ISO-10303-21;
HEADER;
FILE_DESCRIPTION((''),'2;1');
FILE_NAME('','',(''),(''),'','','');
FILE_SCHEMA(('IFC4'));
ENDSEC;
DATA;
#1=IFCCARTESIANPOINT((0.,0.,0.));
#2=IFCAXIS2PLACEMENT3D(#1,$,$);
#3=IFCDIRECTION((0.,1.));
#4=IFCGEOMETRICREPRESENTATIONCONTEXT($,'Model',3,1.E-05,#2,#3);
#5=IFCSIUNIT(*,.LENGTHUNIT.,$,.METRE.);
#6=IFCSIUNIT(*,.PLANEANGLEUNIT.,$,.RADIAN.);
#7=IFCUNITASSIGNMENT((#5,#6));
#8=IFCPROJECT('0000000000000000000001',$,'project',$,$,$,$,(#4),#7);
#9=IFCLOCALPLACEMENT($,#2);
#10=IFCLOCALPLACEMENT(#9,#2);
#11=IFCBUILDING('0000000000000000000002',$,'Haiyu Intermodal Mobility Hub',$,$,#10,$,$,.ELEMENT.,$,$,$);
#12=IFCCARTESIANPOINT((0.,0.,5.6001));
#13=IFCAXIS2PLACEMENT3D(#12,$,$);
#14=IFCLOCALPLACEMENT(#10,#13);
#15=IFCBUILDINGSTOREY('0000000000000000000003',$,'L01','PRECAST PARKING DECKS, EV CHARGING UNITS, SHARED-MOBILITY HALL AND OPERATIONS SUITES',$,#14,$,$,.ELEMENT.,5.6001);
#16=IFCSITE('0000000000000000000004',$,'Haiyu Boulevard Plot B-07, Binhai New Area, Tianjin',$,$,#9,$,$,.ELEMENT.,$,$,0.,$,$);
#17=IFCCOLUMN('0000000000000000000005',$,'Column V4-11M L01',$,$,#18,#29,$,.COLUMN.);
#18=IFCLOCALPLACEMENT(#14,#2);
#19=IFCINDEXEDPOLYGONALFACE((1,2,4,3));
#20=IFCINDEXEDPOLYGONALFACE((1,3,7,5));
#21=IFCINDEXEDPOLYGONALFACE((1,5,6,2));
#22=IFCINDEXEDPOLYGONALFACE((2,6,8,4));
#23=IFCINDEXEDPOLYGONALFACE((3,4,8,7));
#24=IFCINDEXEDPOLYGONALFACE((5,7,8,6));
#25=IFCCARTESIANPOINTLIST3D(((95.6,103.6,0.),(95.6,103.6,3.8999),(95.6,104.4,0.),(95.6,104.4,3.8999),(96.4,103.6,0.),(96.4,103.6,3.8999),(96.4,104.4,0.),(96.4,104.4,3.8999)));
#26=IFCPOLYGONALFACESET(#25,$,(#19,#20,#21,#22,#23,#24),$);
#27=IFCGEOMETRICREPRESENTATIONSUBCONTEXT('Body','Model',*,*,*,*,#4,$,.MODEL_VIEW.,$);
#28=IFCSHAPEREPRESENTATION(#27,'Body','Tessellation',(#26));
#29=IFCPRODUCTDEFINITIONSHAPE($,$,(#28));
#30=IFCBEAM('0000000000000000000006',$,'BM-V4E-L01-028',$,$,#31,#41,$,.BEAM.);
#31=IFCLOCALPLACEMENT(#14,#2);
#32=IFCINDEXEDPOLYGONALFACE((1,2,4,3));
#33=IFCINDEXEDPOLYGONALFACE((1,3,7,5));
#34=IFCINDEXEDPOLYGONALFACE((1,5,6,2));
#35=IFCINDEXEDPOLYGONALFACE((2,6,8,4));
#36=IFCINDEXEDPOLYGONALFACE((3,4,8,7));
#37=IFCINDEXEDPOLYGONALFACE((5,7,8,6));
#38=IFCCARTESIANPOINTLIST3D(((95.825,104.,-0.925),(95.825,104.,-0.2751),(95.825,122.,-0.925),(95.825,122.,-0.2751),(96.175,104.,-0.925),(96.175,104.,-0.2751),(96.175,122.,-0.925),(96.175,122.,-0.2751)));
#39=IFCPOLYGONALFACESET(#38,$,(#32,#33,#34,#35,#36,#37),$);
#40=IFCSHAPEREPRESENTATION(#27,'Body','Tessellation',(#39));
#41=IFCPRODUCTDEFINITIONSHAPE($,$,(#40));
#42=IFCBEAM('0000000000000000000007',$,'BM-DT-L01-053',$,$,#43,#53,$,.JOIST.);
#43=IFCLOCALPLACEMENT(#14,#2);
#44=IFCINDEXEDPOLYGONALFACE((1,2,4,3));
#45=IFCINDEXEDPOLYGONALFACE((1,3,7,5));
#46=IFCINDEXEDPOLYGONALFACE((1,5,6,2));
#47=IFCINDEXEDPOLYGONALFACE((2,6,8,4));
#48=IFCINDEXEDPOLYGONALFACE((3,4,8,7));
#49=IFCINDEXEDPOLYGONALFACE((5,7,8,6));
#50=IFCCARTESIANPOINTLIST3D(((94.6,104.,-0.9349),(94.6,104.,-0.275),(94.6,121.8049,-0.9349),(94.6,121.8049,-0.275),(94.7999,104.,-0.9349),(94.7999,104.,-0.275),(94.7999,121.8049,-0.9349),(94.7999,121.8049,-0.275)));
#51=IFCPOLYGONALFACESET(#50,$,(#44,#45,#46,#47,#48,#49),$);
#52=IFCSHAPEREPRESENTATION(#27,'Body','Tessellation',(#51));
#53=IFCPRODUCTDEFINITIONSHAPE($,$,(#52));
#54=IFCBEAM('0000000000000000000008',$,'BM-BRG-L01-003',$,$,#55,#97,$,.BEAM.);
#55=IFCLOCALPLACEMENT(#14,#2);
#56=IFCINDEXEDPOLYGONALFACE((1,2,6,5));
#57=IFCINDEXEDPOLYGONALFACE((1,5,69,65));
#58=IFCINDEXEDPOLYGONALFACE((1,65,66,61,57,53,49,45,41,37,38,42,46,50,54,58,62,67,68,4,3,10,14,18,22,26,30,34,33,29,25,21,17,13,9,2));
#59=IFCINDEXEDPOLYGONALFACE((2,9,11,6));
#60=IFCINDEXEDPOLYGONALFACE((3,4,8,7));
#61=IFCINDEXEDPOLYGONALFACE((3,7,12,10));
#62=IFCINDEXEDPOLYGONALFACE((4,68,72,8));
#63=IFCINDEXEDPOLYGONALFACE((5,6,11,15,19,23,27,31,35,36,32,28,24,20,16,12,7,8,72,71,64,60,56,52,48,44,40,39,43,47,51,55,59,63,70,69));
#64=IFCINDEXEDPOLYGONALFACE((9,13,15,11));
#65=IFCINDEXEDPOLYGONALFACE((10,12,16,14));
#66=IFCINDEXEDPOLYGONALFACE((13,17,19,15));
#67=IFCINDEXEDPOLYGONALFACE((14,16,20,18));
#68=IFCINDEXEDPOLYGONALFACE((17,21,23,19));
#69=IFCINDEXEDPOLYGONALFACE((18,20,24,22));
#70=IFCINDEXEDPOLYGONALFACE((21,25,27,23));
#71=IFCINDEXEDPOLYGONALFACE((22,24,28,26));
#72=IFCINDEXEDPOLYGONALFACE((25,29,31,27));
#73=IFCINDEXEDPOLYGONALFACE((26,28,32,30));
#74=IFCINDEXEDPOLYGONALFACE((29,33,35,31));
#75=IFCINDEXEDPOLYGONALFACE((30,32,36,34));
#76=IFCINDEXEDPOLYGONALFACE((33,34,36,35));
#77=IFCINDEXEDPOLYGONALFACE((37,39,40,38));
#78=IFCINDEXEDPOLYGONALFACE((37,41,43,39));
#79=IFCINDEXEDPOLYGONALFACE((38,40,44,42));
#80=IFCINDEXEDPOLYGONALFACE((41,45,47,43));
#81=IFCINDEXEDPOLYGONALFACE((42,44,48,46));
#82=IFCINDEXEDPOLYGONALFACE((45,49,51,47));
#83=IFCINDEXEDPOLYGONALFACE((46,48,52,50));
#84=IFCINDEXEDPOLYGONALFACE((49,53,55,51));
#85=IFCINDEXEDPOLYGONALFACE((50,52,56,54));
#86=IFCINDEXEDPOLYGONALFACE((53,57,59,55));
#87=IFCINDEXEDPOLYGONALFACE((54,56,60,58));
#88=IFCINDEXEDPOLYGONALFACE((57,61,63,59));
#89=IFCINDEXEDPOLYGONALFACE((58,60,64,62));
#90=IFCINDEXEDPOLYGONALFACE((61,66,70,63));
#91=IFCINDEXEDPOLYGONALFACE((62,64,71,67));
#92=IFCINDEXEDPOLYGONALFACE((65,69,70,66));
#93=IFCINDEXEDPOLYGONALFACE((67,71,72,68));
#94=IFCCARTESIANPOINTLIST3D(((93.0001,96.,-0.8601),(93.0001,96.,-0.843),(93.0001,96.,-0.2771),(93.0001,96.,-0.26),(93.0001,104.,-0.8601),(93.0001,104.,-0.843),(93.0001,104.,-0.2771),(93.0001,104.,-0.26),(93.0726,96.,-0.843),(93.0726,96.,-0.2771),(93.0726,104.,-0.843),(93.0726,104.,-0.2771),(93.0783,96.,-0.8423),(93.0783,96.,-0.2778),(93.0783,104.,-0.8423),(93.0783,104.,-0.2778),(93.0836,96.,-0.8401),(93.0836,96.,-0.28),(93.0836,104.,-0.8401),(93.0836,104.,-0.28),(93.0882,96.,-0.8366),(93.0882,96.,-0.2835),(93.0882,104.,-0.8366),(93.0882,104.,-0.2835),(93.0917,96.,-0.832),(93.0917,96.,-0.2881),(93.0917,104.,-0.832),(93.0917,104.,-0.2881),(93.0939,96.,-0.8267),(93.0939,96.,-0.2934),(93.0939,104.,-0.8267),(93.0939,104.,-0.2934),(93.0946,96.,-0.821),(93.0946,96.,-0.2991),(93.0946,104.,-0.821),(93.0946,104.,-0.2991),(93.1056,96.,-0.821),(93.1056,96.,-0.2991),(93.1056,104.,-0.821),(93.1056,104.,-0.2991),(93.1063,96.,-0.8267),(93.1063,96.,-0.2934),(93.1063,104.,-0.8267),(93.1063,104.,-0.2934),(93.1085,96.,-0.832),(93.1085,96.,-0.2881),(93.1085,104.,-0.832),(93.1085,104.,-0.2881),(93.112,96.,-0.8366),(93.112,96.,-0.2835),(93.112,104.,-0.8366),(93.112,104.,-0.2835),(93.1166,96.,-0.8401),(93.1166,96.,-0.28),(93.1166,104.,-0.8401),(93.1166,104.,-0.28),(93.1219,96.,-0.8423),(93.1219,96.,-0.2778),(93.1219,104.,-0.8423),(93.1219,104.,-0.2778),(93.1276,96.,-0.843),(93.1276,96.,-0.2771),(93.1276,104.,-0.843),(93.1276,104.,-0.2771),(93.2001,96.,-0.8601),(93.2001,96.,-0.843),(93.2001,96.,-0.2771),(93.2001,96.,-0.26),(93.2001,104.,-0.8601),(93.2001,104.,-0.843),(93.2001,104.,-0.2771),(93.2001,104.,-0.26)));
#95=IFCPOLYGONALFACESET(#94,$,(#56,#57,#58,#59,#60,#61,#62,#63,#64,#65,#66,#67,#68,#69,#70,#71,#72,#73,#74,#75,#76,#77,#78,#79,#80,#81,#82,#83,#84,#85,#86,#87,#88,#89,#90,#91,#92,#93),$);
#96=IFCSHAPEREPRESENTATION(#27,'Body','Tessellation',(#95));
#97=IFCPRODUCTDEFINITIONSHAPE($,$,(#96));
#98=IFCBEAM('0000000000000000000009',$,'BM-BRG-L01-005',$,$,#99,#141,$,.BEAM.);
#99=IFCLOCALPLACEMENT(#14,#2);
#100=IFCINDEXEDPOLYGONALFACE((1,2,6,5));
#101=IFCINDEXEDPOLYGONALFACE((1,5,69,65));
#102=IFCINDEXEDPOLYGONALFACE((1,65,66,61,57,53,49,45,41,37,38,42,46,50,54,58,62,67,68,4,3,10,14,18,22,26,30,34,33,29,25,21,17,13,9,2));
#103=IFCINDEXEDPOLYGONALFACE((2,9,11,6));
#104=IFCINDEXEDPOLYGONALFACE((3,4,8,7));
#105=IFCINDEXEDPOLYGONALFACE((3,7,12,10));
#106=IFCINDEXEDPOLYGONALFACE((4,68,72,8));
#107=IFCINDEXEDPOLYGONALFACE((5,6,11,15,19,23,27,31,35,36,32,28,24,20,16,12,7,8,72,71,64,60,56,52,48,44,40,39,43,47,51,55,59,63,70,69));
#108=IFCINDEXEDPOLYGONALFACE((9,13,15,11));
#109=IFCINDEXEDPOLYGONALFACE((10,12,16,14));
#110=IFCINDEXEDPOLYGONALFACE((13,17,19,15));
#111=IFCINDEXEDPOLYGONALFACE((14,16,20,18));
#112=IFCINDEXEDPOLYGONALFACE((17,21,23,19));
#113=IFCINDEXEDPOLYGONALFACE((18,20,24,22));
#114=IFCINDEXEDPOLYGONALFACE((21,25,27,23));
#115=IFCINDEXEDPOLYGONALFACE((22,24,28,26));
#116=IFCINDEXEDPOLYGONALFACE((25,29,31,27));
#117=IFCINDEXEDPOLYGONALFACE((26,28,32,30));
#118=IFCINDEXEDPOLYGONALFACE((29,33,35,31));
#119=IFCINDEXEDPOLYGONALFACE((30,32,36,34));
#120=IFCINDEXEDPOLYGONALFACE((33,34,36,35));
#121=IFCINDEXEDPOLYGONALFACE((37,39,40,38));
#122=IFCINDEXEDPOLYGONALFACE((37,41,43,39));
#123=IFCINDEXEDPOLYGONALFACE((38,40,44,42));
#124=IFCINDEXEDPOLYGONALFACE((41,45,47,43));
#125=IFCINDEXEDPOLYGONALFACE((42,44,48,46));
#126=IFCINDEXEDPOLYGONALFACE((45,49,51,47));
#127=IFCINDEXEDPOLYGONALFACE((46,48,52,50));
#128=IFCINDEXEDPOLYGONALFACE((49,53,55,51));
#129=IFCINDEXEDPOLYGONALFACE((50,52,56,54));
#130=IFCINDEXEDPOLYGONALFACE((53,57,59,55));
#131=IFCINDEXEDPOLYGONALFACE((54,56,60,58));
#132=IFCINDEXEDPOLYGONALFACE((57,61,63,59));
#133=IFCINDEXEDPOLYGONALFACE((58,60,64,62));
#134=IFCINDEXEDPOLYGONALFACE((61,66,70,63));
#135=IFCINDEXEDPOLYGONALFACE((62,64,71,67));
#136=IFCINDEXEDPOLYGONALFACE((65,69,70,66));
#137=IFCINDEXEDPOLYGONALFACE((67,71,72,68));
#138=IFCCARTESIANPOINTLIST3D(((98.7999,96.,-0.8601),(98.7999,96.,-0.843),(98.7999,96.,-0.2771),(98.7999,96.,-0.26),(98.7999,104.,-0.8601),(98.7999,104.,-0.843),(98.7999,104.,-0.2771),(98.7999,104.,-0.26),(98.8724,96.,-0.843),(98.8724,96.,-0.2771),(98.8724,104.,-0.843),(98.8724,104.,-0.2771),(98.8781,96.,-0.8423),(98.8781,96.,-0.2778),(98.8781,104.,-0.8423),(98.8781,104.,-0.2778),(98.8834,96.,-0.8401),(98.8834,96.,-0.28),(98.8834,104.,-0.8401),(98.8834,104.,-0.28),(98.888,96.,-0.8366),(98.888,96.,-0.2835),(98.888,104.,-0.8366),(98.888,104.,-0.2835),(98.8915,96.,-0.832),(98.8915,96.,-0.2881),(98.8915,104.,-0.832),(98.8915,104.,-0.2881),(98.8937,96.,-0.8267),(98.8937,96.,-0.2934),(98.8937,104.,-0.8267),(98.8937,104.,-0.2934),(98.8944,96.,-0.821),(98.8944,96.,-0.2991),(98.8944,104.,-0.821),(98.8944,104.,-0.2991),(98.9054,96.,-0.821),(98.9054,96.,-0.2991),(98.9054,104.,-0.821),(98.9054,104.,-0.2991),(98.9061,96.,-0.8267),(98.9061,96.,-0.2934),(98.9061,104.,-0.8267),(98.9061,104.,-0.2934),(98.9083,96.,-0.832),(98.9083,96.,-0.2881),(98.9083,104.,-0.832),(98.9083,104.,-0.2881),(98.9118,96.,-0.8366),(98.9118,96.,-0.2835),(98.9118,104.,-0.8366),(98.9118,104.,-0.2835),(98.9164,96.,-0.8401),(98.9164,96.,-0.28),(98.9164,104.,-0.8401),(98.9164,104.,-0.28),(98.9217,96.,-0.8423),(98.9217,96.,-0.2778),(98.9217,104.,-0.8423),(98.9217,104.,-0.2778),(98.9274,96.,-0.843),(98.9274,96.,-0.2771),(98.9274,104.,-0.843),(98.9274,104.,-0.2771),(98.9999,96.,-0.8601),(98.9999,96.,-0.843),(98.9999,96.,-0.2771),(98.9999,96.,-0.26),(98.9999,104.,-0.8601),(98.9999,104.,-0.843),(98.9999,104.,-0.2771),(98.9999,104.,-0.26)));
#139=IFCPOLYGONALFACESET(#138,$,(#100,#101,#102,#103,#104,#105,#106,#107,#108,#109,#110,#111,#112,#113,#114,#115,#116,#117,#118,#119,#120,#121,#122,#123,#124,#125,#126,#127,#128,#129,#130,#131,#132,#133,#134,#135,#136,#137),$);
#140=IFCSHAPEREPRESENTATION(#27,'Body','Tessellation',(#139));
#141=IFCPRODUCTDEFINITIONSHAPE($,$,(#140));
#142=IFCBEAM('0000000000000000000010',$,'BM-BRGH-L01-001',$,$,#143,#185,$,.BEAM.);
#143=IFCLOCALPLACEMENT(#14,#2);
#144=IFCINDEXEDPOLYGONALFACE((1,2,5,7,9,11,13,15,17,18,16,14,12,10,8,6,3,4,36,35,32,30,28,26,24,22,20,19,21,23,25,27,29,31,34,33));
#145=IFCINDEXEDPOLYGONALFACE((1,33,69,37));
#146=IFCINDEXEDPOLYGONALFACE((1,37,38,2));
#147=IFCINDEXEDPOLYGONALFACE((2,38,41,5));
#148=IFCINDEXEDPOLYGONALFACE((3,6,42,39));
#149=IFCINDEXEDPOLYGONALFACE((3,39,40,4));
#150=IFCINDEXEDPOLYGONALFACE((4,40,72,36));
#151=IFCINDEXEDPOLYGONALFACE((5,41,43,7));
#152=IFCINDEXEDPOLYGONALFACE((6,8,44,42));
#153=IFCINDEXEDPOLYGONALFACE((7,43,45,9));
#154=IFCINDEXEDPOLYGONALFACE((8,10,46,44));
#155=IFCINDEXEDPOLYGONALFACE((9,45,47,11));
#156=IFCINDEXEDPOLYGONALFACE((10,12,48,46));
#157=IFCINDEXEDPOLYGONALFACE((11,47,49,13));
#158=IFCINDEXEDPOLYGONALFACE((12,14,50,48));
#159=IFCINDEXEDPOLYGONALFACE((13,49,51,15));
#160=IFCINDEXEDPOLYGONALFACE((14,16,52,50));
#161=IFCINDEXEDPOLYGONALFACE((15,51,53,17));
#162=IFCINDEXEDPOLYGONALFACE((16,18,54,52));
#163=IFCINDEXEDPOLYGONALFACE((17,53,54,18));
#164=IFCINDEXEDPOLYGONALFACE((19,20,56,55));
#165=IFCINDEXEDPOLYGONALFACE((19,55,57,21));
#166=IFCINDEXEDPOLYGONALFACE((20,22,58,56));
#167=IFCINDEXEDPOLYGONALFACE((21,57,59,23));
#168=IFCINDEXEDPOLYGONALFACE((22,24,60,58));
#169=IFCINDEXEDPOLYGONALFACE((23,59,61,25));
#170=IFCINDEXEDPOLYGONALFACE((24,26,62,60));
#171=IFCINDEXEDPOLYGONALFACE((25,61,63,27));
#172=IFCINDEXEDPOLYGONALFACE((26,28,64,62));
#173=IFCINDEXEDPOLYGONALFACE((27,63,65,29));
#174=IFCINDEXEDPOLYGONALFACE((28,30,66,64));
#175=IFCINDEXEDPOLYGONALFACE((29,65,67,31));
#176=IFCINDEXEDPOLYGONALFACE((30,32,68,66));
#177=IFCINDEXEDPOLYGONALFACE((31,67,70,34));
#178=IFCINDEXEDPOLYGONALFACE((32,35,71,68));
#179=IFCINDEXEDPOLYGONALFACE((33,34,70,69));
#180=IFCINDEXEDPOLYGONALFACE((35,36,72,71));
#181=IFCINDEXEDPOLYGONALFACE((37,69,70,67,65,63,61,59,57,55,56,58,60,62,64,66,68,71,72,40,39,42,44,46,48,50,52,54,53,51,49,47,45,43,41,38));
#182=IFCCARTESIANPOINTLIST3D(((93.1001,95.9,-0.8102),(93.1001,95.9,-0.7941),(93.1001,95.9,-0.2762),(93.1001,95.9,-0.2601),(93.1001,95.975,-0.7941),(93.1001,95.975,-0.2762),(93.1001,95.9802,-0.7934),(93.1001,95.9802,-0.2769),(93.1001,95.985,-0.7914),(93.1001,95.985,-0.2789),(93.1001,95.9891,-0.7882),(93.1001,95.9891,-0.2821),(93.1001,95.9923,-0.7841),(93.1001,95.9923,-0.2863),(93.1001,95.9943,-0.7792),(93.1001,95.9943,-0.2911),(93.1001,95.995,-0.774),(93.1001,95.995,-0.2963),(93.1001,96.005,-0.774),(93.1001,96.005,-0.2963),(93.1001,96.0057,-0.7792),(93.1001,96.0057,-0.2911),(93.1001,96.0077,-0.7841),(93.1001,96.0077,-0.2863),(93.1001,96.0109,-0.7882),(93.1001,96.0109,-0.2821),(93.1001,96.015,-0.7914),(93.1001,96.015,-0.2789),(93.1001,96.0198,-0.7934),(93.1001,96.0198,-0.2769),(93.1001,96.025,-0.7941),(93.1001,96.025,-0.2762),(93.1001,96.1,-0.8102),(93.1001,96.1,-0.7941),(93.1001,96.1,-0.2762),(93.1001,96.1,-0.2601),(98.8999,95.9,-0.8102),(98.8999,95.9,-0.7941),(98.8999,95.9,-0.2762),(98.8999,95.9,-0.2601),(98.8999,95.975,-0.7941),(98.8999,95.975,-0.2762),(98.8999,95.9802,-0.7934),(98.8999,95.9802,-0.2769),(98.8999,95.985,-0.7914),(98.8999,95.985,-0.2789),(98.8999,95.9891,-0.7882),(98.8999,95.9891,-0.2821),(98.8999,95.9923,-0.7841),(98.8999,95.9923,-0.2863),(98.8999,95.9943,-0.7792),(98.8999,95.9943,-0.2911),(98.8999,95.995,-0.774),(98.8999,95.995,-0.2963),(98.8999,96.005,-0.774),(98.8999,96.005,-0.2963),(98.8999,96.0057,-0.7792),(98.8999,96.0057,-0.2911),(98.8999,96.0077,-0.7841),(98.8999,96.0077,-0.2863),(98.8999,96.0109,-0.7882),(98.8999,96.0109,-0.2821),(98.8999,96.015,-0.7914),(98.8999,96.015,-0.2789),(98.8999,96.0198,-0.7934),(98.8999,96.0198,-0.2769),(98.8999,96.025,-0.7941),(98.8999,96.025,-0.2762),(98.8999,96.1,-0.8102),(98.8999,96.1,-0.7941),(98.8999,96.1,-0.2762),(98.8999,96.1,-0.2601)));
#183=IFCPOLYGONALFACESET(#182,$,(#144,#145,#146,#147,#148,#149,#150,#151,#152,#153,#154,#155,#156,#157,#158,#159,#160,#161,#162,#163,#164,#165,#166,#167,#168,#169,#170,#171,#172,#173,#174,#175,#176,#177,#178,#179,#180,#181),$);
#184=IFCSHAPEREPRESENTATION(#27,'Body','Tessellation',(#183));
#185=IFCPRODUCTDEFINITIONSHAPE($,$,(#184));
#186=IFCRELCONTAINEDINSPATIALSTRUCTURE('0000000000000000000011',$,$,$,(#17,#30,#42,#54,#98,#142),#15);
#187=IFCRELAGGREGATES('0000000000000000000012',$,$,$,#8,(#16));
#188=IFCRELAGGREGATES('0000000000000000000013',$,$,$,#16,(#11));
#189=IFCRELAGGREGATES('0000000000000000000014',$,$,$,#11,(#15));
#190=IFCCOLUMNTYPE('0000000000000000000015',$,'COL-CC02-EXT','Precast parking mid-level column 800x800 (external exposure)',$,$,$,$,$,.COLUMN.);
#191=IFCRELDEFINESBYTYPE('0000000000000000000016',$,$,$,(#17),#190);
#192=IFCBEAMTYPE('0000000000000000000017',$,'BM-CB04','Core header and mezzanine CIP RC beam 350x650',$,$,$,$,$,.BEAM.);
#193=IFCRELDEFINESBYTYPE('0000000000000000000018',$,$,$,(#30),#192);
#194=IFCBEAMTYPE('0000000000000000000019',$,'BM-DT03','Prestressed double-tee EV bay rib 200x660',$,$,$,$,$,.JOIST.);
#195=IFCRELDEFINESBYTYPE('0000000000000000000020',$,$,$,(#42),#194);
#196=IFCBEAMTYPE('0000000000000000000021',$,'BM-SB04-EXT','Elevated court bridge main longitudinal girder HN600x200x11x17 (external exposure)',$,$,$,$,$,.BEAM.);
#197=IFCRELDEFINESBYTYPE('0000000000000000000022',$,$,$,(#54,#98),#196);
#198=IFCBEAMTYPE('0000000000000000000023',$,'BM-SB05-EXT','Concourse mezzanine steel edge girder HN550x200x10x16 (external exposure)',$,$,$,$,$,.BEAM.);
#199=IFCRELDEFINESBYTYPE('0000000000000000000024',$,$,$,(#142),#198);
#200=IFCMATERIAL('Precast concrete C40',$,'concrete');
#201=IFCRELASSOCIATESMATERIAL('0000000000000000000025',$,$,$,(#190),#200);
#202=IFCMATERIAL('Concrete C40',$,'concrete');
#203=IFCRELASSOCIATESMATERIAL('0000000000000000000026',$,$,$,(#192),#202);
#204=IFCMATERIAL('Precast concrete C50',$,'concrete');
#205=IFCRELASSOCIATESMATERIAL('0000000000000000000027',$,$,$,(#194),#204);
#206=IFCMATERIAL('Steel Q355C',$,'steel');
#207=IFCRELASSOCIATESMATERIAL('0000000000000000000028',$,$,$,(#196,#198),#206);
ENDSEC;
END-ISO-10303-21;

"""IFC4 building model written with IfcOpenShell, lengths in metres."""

from ifc_helpers import new_model, si_unit, direction, frame, origin, origin_2d, place, context, subcontext, project, spatial, rectangle, i_section, extrude, material, material_profile, profile_set, type_object, element, save


model = new_model("IFC4")

# Units and contexts
model_context = context("Model", 3, precision=1e-05, world=origin(), true_north=direction((0.0, 1.0)))
body_context = subcontext(model_context, "Body", "Model", "MODEL_VIEW")
ifc_project = project(units=[si_unit("LENGTHUNIT", "METRE"), si_unit("PLANEANGLEUNIT", "RADIAN")], contexts=[model_context])

# Site, building, storey
site_placement = place(None, origin())
site = spatial("IfcSite", under=ifc_project, at=site_placement, Name="Haiyu Boulevard Plot B-07, Binhai New Area, Tianjin", CompositionType="ELEMENT", RefElevation=0.0)
building_placement = place(site_placement, origin())
building = spatial("IfcBuilding", under=site, at=building_placement, Name="Haiyu Intermodal Mobility Hub", CompositionType="ELEMENT")
storey_placement = place(building_placement, frame((0.0, 0.0, 5.6001)))
storey = spatial("IfcBuildingStorey", under=building, at=storey_placement, Name="L01", Description="PRECAST PARKING DECKS, EV CHARGING UNITS, SHARED-MOBILITY HALL AND OPERATIONS SUITES", CompositionType="ELEMENT", Elevation=5.6001)

# Column
ifc_material_1 = material(Name="Precast concrete C40", Category="concrete")
ifc_material_profile_1 = material_profile(ifc_material_1, rectangle(XDim=0.8, YDim=0.8, at=origin_2d()), Name="RC800x800")
ifc_profile_set_1 = profile_set([ifc_material_profile_1], Name="Precast concrete C40")
column_type = type_object("IfcColumnType", Name="COL-CC02-EXT", Description="Precast parking mid-level column 800x800 (external exposure)", PredefinedType="COLUMN", material=ifc_profile_set_1)
column_placement = place(storey_placement, frame((96.0, 104.0, 0.0), z_axis=(0.0, 0.0, 1.0), x_axis=(1.0, 0.0, 0.0)))
element("IfcColumn", 1, at=column_placement, inside=storey, type_object=column_type, Name="Column V4-11M L01", PredefinedType="COLUMN", context=body_context, shape_type="SweptSolid", body=[
    extrude(rectangle(XDim=0.8, YDim=0.8, at=origin_2d()), origin(), (0.0, 0.0, 1.0), 3.8999),
])

# Beams
ifc_material_2 = material(Name="Concrete C40", Category="concrete")
ifc_material_profile_2 = material_profile(ifc_material_2, rectangle(XDim=0.3501, YDim=0.6499, at=origin_2d()), Name="RCB350x650")
ifc_profile_set_2 = profile_set([ifc_material_profile_2], Name="Concrete C40")
beam_type_1 = type_object("IfcBeamType", Name="BM-CB04", Description="Core header and mezzanine CIP RC beam 350x650", PredefinedType="BEAM", material=ifc_profile_set_2)
beam_1_placement = place(storey_placement, frame((96.0, 104.0, -0.6001), z_axis=(0.0, 1.0, 0.0), x_axis=(-1.0, 0.0, 0.0)))
element("IfcBeam", 2, at=beam_1_placement, inside=storey, type_object=beam_type_1, Name="BM-V4E-L01-028", PredefinedType="BEAM", context=body_context, shape_type="SweptSolid", body=[
    extrude(rectangle(XDim=0.3501, YDim=0.6499, at=origin_2d()), origin(), (0.0, 0.0, 1.0), 18.0),
])
ifc_material_3 = material(Name="Precast concrete C50", Category="concrete")
ifc_material_profile_3 = material_profile(ifc_material_3, rectangle(XDim=0.2, YDim=0.6599, at=origin_2d()), Name="PC200x660")
ifc_profile_set_3 = profile_set([ifc_material_profile_3], Name="Precast concrete C50")
beam_type_2 = type_object("IfcBeamType", Name="BM-DT03", Description="Prestressed double-tee EV bay rib 200x660", PredefinedType="JOIST", material=ifc_profile_set_3)
beam_2_placement = place(storey_placement, frame((94.7, 104.0, -0.605), z_axis=(0.0, 1.0, 0.0), x_axis=(-1.0, 0.0, 0.0)))
element("IfcBeam", 3, at=beam_2_placement, inside=storey, type_object=beam_type_2, Name="BM-DT-L01-053", PredefinedType="JOIST", context=body_context, shape_type="SweptSolid", body=[
    extrude(rectangle(XDim=0.2, YDim=0.6599, at=origin_2d()), origin(), (0.0, 0.0, 1.0), 17.8049),
])
ifc_material_4 = material(Name="Steel Q355C", Category="steel")
ifc_material_profile_4 = material_profile(ifc_material_4, i_section(OverallWidth=0.2, OverallDepth=0.6001, WebThickness=0.011, FlangeThickness=0.0171, FilletRadius=0.022, at=origin_2d()), Name="HN600x200x11x17")
ifc_profile_set_4 = profile_set([ifc_material_profile_4], Name="Steel Q355C")
beam_type_3 = type_object("IfcBeamType", Name="BM-SB04-EXT", Description="Elevated court bridge main longitudinal girder HN600x200x11x17 (external exposure)", PredefinedType="BEAM", material=ifc_profile_set_4)
for number, where, z_axis, x_axis, name in (
    (4, (93.1001, 96.0, -0.5601), (0.0, 1.0, 0.0), (-1.0, 0.0, 0.0), "BM-BRG-L01-003"),
    (5, (98.8999, 96.0, -0.5601), (0.0, 1.0, 0.0), (-1.0, 0.0, 0.0), "BM-BRG-L01-005"),
):
    element("IfcBeam", number, at=place(storey_placement, frame(where, z_axis=z_axis, x_axis=x_axis)), inside=storey, type_object=beam_type_3, Name=name, PredefinedType="BEAM", context=body_context, shape_type="SweptSolid", body=[
        extrude(i_section(OverallWidth=0.2, OverallDepth=0.6001, WebThickness=0.011, FlangeThickness=0.0171, FilletRadius=0.022, at=origin_2d()), origin(), (0.0, 0.0, 1.0), 8.0),
    ])
ifc_material_profile_5 = material_profile(ifc_material_4, i_section(OverallWidth=0.2, OverallDepth=0.55, WebThickness=0.01, FlangeThickness=0.0161, FilletRadius=0.02, at=origin_2d()), Name="HN550x200x10x16")
ifc_profile_set_5 = profile_set([ifc_material_profile_5], Name="Steel Q355C")
beam_type_4 = type_object("IfcBeamType", Name="BM-SB05-EXT", Description="Concourse mezzanine steel edge girder HN550x200x10x16 (external exposure)", PredefinedType="BEAM", material=ifc_profile_set_5)
beam_3_placement = place(storey_placement, frame((93.1001, 96.0, -0.5352), z_axis=(1.0, 0.0, 0.0), x_axis=(0.0, 1.0, 0.0)))
element("IfcBeam", 6, at=beam_3_placement, inside=storey, type_object=beam_type_4, Name="BM-BRGH-L01-001", PredefinedType="BEAM", context=body_context, shape_type="SweptSolid", body=[
    extrude(i_section(OverallWidth=0.2, OverallDepth=0.55, WebThickness=0.01, FlangeThickness=0.0161, FilletRadius=0.02, at=origin_2d()), origin(), (0.0, 0.0, 1.0), 5.7998),
])

save(model, "model.ifc")
